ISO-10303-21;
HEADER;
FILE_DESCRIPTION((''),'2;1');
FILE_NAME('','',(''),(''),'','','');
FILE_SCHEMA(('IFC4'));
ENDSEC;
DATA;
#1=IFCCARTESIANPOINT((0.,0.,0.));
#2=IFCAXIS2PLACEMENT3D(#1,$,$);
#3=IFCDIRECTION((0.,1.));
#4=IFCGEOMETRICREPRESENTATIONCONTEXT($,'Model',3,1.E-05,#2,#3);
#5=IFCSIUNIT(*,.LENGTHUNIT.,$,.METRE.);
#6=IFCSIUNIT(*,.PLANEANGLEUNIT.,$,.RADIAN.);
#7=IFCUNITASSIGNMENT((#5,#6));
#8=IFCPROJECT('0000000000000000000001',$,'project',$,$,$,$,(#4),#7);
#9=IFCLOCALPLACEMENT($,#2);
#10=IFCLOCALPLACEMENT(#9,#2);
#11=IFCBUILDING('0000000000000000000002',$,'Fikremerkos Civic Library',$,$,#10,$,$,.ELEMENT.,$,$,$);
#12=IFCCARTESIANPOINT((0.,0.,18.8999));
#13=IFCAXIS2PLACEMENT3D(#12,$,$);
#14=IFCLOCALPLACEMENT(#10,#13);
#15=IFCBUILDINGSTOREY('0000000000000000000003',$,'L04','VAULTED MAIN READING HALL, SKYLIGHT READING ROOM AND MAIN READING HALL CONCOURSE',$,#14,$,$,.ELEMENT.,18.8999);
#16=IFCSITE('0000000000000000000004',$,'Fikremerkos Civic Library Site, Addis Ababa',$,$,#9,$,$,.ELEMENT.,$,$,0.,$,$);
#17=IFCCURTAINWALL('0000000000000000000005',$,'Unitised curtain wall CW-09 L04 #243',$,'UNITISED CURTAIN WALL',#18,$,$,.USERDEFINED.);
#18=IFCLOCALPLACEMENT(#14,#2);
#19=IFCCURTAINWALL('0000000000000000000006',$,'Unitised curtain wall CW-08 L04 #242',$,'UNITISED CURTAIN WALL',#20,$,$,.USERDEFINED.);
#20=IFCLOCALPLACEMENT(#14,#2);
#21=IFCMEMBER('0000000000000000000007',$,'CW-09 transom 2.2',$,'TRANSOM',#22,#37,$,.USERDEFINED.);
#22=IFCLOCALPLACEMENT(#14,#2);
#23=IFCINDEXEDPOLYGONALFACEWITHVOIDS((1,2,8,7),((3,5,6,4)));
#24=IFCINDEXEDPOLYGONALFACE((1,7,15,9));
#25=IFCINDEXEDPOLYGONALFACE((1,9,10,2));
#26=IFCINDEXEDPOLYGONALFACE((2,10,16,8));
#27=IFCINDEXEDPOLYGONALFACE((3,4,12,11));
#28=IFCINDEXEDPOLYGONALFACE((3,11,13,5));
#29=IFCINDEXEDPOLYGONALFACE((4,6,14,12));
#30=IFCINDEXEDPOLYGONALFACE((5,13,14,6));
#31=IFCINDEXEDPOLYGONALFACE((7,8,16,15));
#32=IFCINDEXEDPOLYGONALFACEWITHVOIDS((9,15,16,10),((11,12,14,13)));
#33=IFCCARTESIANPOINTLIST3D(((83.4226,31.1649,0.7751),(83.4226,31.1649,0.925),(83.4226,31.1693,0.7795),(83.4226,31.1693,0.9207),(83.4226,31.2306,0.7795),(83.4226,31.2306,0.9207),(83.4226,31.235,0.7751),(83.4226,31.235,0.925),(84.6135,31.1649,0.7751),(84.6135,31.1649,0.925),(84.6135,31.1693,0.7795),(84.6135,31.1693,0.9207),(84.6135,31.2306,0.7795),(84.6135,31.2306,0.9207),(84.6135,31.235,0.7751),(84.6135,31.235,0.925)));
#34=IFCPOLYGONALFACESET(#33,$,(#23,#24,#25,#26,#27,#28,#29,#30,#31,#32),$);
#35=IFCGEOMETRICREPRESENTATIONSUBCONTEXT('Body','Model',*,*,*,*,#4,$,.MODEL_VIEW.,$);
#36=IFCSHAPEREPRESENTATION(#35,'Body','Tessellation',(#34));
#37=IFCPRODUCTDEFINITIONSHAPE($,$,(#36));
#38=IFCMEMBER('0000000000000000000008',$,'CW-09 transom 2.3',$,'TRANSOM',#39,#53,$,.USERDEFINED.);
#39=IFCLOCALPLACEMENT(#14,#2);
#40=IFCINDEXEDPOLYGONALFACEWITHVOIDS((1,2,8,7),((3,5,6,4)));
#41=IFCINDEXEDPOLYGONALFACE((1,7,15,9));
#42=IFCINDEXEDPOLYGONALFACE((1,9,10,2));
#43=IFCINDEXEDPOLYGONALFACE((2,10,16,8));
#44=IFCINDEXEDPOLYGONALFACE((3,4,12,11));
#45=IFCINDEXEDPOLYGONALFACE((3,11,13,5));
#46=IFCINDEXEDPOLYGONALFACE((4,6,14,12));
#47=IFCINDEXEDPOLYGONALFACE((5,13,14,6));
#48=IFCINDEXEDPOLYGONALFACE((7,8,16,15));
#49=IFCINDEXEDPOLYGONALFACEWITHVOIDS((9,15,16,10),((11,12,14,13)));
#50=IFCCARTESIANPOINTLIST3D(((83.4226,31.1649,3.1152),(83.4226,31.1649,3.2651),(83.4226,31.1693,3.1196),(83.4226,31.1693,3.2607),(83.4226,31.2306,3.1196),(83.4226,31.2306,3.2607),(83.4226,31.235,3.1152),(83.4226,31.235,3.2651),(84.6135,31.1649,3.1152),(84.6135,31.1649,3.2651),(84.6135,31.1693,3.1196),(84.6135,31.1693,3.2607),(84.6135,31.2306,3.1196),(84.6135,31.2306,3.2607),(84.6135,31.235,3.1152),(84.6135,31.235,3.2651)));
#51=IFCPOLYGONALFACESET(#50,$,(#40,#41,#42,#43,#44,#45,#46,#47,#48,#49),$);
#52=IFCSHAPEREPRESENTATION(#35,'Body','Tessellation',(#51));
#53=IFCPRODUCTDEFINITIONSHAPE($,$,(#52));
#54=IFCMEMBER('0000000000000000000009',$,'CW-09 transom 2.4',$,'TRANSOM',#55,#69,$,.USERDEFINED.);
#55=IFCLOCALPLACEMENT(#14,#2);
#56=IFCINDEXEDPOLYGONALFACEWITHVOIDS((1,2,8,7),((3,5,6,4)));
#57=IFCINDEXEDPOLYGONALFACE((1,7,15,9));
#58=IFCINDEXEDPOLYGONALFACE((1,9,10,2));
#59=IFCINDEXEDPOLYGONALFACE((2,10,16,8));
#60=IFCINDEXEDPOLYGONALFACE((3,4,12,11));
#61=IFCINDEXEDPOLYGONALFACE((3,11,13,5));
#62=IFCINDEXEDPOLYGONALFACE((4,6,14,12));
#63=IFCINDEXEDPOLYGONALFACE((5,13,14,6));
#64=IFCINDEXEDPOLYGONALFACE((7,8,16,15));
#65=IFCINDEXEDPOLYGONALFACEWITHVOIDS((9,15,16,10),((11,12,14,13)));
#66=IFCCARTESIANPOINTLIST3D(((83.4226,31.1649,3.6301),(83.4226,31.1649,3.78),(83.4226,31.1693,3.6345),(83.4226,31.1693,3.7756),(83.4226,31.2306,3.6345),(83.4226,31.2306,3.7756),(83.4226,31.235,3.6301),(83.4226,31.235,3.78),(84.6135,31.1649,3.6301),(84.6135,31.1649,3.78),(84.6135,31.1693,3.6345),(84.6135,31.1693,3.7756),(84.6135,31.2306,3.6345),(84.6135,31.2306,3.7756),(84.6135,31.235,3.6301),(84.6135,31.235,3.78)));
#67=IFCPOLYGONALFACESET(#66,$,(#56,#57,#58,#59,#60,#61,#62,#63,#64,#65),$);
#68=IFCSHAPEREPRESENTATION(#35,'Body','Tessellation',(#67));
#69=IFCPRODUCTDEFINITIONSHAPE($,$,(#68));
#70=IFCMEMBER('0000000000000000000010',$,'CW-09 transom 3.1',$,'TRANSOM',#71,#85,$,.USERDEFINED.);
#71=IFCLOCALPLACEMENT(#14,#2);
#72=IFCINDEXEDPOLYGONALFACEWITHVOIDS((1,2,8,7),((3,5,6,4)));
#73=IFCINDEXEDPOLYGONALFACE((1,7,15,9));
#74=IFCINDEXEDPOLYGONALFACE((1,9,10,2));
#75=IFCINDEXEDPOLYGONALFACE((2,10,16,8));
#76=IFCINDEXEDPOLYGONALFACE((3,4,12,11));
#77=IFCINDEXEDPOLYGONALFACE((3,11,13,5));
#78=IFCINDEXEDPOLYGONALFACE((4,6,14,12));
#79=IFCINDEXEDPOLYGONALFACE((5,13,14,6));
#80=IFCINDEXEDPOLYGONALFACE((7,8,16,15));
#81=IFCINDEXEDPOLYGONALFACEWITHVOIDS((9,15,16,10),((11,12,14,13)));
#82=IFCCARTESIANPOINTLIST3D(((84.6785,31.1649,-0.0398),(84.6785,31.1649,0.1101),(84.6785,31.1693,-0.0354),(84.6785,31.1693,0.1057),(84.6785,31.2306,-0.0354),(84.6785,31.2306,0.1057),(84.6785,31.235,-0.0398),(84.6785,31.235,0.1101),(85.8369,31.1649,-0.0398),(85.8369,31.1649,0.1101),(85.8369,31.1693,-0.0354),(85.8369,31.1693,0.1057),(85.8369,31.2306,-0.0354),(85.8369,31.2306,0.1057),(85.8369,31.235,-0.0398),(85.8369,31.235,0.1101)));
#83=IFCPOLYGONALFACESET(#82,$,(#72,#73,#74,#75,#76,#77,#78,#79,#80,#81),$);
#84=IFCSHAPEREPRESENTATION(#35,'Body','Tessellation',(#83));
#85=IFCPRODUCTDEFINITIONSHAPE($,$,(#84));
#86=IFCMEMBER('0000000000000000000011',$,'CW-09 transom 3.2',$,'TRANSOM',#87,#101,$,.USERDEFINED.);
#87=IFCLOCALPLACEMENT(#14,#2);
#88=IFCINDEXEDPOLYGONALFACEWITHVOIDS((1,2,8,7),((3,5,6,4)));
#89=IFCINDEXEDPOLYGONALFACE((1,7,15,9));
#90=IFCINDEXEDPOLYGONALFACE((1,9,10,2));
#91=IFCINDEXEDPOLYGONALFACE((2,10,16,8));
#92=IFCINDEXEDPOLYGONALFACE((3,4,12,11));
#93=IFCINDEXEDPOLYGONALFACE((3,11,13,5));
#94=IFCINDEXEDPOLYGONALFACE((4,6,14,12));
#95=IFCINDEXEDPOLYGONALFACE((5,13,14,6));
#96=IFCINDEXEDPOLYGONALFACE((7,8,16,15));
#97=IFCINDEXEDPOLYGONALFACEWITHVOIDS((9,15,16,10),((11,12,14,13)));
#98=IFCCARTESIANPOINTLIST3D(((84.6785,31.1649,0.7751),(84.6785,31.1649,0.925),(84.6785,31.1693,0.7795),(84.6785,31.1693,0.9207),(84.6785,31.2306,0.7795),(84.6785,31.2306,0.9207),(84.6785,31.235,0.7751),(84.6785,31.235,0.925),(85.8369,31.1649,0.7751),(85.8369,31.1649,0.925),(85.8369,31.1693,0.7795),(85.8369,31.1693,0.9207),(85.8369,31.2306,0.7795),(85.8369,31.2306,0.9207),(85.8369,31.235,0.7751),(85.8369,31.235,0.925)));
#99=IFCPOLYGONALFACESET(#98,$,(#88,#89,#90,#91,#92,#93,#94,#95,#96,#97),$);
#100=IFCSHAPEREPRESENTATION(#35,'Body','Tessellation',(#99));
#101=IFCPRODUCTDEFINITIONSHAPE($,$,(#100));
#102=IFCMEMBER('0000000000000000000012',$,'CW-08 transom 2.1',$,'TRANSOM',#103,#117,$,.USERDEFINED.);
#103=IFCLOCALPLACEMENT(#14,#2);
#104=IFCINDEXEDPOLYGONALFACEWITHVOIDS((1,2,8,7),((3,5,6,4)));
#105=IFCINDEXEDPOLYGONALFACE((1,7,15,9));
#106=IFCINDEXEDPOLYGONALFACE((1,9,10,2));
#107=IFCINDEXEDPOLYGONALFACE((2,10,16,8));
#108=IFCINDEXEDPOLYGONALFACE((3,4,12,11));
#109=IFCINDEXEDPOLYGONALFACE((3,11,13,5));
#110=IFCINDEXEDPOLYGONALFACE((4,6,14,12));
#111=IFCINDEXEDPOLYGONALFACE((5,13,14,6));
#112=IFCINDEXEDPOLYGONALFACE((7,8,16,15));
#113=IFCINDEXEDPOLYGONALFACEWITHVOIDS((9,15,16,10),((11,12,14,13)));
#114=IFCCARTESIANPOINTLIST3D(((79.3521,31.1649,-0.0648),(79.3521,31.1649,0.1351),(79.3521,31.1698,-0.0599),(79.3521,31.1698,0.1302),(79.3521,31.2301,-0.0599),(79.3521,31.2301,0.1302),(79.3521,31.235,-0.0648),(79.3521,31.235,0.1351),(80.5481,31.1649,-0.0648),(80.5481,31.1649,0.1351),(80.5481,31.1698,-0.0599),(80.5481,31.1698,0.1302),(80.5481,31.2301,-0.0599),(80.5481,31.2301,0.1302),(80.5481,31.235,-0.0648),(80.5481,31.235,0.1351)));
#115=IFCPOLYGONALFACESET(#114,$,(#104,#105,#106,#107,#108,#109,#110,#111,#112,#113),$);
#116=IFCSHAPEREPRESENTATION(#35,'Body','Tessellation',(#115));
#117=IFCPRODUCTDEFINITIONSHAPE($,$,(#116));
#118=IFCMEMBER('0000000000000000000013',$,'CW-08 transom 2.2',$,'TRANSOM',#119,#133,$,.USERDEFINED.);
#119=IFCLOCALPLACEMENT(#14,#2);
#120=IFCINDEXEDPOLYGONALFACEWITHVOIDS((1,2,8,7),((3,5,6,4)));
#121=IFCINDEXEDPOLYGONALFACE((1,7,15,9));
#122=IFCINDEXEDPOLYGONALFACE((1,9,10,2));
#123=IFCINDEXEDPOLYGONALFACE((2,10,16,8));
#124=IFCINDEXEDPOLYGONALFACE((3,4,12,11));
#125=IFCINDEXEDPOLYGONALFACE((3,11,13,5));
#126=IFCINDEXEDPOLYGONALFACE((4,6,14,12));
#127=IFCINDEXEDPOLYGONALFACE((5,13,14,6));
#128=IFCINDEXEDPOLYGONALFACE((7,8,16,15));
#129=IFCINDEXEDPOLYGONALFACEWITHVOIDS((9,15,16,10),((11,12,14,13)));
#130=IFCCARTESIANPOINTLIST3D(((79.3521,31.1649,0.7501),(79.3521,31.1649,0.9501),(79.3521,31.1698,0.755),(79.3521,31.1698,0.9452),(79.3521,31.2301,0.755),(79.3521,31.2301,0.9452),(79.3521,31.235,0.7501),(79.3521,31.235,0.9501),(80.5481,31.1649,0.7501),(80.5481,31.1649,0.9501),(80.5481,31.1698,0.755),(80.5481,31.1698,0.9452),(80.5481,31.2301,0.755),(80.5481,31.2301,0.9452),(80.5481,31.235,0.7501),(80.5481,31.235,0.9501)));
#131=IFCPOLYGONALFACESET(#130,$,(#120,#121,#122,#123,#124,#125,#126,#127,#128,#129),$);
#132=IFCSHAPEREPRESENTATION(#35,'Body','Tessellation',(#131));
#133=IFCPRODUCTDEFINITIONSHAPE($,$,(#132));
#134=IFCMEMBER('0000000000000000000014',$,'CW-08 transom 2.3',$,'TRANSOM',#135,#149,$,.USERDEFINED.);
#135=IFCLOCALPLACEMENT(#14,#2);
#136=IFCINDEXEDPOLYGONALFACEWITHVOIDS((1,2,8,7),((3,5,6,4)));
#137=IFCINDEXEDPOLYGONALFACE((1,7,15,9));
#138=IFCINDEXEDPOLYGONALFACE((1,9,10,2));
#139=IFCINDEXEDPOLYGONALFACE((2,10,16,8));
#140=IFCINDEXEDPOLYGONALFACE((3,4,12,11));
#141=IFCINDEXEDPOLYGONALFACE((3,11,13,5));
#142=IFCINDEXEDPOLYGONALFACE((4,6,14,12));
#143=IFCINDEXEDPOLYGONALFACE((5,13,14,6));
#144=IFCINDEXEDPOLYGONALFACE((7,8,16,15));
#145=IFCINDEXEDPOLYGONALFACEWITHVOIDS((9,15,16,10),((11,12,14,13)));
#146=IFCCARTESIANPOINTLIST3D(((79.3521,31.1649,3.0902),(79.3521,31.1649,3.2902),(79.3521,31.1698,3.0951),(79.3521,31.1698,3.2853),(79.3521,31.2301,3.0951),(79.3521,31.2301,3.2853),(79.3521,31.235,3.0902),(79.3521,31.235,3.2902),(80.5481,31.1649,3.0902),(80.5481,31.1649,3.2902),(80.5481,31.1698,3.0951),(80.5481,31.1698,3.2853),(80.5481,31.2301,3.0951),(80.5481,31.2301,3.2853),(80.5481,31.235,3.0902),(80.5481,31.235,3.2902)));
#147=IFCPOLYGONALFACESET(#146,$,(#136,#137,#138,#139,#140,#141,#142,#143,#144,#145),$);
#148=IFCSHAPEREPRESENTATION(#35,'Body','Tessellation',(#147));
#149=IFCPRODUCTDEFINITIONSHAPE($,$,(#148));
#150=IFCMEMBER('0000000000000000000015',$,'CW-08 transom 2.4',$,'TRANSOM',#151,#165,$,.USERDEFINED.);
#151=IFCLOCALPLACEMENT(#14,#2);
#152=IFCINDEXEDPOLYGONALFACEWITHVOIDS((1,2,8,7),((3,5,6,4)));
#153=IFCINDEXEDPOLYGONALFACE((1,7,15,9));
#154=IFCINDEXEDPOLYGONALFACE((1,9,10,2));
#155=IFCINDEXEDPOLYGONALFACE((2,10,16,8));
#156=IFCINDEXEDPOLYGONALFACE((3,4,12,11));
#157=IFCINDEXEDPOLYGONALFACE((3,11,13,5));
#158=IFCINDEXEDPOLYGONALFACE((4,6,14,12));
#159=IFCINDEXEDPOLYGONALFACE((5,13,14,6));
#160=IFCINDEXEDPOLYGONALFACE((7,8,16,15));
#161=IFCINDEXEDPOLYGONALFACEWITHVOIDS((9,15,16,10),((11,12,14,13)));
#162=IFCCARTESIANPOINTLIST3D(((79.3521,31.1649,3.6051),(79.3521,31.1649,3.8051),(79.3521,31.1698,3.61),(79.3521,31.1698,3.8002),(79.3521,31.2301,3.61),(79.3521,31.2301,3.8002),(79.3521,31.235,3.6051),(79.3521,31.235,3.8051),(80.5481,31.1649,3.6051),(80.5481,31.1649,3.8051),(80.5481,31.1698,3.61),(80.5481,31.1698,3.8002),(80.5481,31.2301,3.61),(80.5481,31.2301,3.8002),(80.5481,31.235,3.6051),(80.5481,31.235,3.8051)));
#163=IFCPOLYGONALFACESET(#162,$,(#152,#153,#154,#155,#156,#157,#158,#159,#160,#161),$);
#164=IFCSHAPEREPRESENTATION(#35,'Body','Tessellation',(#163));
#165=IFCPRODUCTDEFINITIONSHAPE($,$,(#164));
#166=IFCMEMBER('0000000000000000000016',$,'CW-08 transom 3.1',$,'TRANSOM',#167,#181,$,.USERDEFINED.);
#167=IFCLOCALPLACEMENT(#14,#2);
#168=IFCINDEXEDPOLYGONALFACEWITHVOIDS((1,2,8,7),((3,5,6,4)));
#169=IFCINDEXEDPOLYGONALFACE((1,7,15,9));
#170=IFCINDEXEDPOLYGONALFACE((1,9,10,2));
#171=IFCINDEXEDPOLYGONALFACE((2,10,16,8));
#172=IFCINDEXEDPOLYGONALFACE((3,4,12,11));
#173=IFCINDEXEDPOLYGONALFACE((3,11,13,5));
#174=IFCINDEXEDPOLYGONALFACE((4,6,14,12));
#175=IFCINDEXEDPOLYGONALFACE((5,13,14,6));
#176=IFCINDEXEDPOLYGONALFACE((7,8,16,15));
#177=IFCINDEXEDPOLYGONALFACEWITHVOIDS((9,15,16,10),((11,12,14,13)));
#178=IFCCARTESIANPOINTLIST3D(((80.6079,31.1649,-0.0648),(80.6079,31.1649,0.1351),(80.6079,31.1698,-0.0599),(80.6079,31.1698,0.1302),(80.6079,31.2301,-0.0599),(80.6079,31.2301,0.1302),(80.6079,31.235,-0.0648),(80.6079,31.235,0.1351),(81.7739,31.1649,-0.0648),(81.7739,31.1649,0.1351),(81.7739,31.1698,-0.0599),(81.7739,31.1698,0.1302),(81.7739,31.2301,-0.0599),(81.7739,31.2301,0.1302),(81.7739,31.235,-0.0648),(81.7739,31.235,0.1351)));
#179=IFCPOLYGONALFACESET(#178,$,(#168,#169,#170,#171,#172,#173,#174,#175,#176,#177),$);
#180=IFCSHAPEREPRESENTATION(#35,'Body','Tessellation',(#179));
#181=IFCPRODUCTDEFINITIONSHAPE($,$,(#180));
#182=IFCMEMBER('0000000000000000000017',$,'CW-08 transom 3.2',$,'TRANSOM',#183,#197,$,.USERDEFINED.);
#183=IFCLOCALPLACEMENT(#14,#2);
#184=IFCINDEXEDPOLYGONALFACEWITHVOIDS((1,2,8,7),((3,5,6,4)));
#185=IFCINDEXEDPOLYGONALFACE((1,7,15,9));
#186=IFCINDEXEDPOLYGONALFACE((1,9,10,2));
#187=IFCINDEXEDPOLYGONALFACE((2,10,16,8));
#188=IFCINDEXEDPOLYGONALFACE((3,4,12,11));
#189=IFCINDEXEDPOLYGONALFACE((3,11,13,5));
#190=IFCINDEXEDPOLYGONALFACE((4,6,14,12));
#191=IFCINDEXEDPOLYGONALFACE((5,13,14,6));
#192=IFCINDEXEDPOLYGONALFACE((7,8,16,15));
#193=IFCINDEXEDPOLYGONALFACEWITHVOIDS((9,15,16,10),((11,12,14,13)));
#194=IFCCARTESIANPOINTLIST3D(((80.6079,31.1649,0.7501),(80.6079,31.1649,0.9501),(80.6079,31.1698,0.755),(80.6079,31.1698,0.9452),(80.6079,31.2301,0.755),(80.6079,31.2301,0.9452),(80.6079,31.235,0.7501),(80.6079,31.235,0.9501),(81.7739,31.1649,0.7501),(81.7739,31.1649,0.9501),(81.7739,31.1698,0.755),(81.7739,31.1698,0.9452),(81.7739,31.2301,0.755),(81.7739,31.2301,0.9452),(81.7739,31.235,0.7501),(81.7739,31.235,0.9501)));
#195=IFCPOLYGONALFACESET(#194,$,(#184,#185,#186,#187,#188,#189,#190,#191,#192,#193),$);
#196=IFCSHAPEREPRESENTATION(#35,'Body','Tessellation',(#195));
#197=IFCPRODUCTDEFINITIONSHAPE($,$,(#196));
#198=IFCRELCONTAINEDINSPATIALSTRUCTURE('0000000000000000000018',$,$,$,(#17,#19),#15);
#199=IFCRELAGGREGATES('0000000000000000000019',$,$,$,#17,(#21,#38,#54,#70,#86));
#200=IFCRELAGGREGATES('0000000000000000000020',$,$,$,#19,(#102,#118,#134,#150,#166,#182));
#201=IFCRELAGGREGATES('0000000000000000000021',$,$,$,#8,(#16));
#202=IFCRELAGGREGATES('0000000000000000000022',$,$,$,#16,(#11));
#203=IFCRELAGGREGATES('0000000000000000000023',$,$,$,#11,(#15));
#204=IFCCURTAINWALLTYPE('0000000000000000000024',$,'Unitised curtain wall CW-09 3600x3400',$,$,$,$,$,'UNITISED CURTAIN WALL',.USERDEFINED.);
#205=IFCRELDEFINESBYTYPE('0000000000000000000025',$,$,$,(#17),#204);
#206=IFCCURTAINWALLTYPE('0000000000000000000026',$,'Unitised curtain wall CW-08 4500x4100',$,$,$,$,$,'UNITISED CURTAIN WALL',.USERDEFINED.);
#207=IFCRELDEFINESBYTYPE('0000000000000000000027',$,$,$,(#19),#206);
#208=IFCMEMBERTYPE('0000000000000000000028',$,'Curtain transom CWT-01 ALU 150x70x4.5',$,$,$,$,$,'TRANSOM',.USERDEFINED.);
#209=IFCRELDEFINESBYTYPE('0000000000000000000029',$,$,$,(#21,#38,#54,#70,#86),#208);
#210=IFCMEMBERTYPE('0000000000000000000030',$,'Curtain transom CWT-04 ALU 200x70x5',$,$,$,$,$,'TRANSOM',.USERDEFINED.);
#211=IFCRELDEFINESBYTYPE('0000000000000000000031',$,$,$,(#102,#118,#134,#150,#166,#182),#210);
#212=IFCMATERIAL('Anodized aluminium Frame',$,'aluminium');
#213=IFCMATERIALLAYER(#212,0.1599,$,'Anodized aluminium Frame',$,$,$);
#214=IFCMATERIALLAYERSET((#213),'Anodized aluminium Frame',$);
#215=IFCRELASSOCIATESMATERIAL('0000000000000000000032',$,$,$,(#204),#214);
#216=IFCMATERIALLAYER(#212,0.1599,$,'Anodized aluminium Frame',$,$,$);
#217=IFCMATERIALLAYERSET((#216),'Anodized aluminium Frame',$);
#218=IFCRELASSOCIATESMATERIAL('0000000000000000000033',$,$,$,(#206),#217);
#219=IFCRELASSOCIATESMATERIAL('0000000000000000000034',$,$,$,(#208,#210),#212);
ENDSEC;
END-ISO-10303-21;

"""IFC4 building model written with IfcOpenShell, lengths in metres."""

from ifc_helpers import new_model, si_unit, direction, frame, origin, origin_2d, place, context, subcontext, project, spatial, hollow_rectangle, extrude, material, layer, layer_set, material_profile, profile_set, type_object, element, aggregate, save


model = new_model("IFC4")

# Units and contexts
model_context = context("Model", 3, precision=1e-05, world=origin(), true_north=direction((0.0, 1.0)))
body_context = subcontext(model_context, "Body", "Model", "MODEL_VIEW")
ifc_project = project(units=[si_unit("LENGTHUNIT", "METRE"), si_unit("PLANEANGLEUNIT", "RADIAN")], contexts=[model_context])

# Site, building, storey
site_placement = place(None, origin())
site = spatial("IfcSite", under=ifc_project, at=site_placement, Name="Fikremerkos Civic Library Site, Addis Ababa", CompositionType="ELEMENT", RefElevation=0.0)
building_placement = place(site_placement, origin())
building = spatial("IfcBuilding", under=site, at=building_placement, Name="Fikremerkos Civic Library", CompositionType="ELEMENT")
storey_placement = place(building_placement, frame((0.0, 0.0, 18.8999)))
storey = spatial("IfcBuildingStorey", under=building, at=storey_placement, Name="L04", Description="VAULTED MAIN READING HALL, SKYLIGHT READING ROOM AND MAIN READING HALL CONCOURSE", CompositionType="ELEMENT", Elevation=18.8999)

# Curtain walls
ifc_material_1 = material(Name="Anodized aluminium Frame", Category="aluminium")
ifc_layer_1 = layer(ifc_material_1, 0.1599, Name="Anodized aluminium Frame")
ifc_layer_set_1 = layer_set([ifc_layer_1], Name="Anodized aluminium Frame")
curtain_wall_type_1 = type_object("IfcCurtainWallType", Name="Unitised curtain wall CW-09 3600x3400", ElementType="UNITISED CURTAIN WALL", PredefinedType="USERDEFINED", material=ifc_layer_set_1)
curtain_wall_1_placement = place(storey_placement, origin())
curtain_wall_1 = element("IfcCurtainWall", 1, at=curtain_wall_1_placement, inside=storey, type_object=curtain_wall_type_1, Name="Unitised curtain wall CW-09 L04 #243", ObjectType="UNITISED CURTAIN WALL", PredefinedType="USERDEFINED")
ifc_layer_2 = layer(ifc_material_1, 0.1599, Name="Anodized aluminium Frame")
ifc_layer_set_2 = layer_set([ifc_layer_2], Name="Anodized aluminium Frame")
curtain_wall_type_2 = type_object("IfcCurtainWallType", Name="Unitised curtain wall CW-08 4500x4100", ElementType="UNITISED CURTAIN WALL", PredefinedType="USERDEFINED", material=ifc_layer_set_2)
curtain_wall_2_placement = place(storey_placement, origin())
curtain_wall_2 = element("IfcCurtainWall", 2, at=curtain_wall_2_placement, inside=storey, type_object=curtain_wall_type_2, Name="Unitised curtain wall CW-08 L04 #242", ObjectType="UNITISED CURTAIN WALL", PredefinedType="USERDEFINED")

# Members
ifc_material_profile_1 = material_profile(ifc_material_1, hollow_rectangle(XDim=0.0701, YDim=0.1499, WallThickness=0.0044, at=origin_2d()), Name="ALU 150x70x4.5")
ifc_profile_set_1 = profile_set([ifc_material_profile_1], Name="Anodized aluminium Frame")
member_type_1 = type_object("IfcMemberType", Name="Curtain transom CWT-01 ALU 150x70x4.5", ElementType="TRANSOM", PredefinedType="USERDEFINED", material=ifc_profile_set_1)
member_1_placement = place(storey_placement, frame((83.4226, 31.2, 0.8501), z_axis=(1.0, 0.0, 0.0), x_axis=(0.0, 1.0, 0.0)))
member_1 = element("IfcMember", 3, at=member_1_placement, type_object=member_type_1, Name="CW-09 transom 2.2", ObjectType="TRANSOM", PredefinedType="USERDEFINED", context=body_context, shape_type="SweptSolid", body=[
    extrude(hollow_rectangle(XDim=0.0701, YDim=0.1499, WallThickness=0.0044, at=origin_2d()), origin(), (0.0, 0.0, 1.0), 1.1909),
])
member_2_placement = place(storey_placement, frame((83.4226, 31.2, 3.1902), z_axis=(1.0, 0.0, 0.0), x_axis=(0.0, 1.0, 0.0)))
member_2 = element("IfcMember", 4, at=member_2_placement, type_object=member_type_1, Name="CW-09 transom 2.3", ObjectType="TRANSOM", PredefinedType="USERDEFINED", context=body_context, shape_type="SweptSolid", body=[
    extrude(hollow_rectangle(XDim=0.0701, YDim=0.1499, WallThickness=0.0044, at=origin_2d()), origin(), (0.0, 0.0, 1.0), 1.1909),
])
member_3_placement = place(storey_placement, frame((83.4226, 31.2, 3.7051), z_axis=(1.0, 0.0, 0.0), x_axis=(0.0, 1.0, 0.0)))
member_3 = element("IfcMember", 5, at=member_3_placement, type_object=member_type_1, Name="CW-09 transom 2.4", ObjectType="TRANSOM", PredefinedType="USERDEFINED", context=body_context, shape_type="SweptSolid", body=[
    extrude(hollow_rectangle(XDim=0.0701, YDim=0.1499, WallThickness=0.0044, at=origin_2d()), origin(), (0.0, 0.0, 1.0), 1.1909),
])
member_4_placement = place(storey_placement, frame((84.6785, 31.2, 0.0352), z_axis=(1.0, 0.0, 0.0), x_axis=(0.0, 1.0, 0.0)))
member_4 = element("IfcMember", 6, at=member_4_placement, type_object=member_type_1, Name="CW-09 transom 3.1", ObjectType="TRANSOM", PredefinedType="USERDEFINED", context=body_context, shape_type="SweptSolid", body=[
    extrude(hollow_rectangle(XDim=0.0701, YDim=0.1499, WallThickness=0.0044, at=origin_2d()), origin(), (0.0, 0.0, 1.0), 1.1584),
])
member_5_placement = place(storey_placement, frame((84.6785, 31.2, 0.8501), z_axis=(1.0, 0.0, 0.0), x_axis=(0.0, 1.0, 0.0)))
member_5 = element("IfcMember", 7, at=member_5_placement, type_object=member_type_1, Name="CW-09 transom 3.2", ObjectType="TRANSOM", PredefinedType="USERDEFINED", context=body_context, shape_type="SweptSolid", body=[
    extrude(hollow_rectangle(XDim=0.0701, YDim=0.1499, WallThickness=0.0044, at=origin_2d()), origin(), (0.0, 0.0, 1.0), 1.1584),
])
ifc_material_profile_2 = material_profile(ifc_material_1, hollow_rectangle(XDim=0.0701, YDim=0.2, WallThickness=0.0049, at=origin_2d()), Name="ALU 200x70x5")
ifc_profile_set_2 = profile_set([ifc_material_profile_2], Name="Anodized aluminium Frame")
member_type_2 = type_object("IfcMemberType", Name="Curtain transom CWT-04 ALU 200x70x5", ElementType="TRANSOM", PredefinedType="USERDEFINED", material=ifc_profile_set_2)
member_6_placement = place(storey_placement, frame((79.3521, 31.2, 0.0352), z_axis=(1.0, 0.0, 0.0), x_axis=(0.0, 1.0, 0.0)))
member_6 = element("IfcMember", 8, at=member_6_placement, type_object=member_type_2, Name="CW-08 transom 2.1", ObjectType="TRANSOM", PredefinedType="USERDEFINED", context=body_context, shape_type="SweptSolid", body=[
    extrude(hollow_rectangle(XDim=0.0701, YDim=0.2, WallThickness=0.0049, at=origin_2d()), origin(), (0.0, 0.0, 1.0), 1.196),
])
member_7_placement = place(storey_placement, frame((79.3521, 31.2, 0.8501), z_axis=(1.0, 0.0, 0.0), x_axis=(0.0, 1.0, 0.0)))
member_7 = element("IfcMember", 9, at=member_7_placement, type_object=member_type_2, Name="CW-08 transom 2.2", ObjectType="TRANSOM", PredefinedType="USERDEFINED", context=body_context, shape_type="SweptSolid", body=[
    extrude(hollow_rectangle(XDim=0.0701, YDim=0.2, WallThickness=0.0049, at=origin_2d()), origin(), (0.0, 0.0, 1.0), 1.196),
])
member_8_placement = place(storey_placement, frame((79.3521, 31.2, 3.1902), z_axis=(1.0, 0.0, 0.0), x_axis=(0.0, 1.0, 0.0)))
member_8 = element("IfcMember", 10, at=member_8_placement, type_object=member_type_2, Name="CW-08 transom 2.3", ObjectType="TRANSOM", PredefinedType="USERDEFINED", context=body_context, shape_type="SweptSolid", body=[
    extrude(hollow_rectangle(XDim=0.0701, YDim=0.2, WallThickness=0.0049, at=origin_2d()), origin(), (0.0, 0.0, 1.0), 1.196),
])
member_9_placement = place(storey_placement, frame((79.3521, 31.2, 3.7051), z_axis=(1.0, 0.0, 0.0), x_axis=(0.0, 1.0, 0.0)))
member_9 = element("IfcMember", 11, at=member_9_placement, type_object=member_type_2, Name="CW-08 transom 2.4", ObjectType="TRANSOM", PredefinedType="USERDEFINED", context=body_context, shape_type="SweptSolid", body=[
    extrude(hollow_rectangle(XDim=0.0701, YDim=0.2, WallThickness=0.0049, at=origin_2d()), origin(), (0.0, 0.0, 1.0), 1.196),
])
member_10_placement = place(storey_placement, frame((80.6079, 31.2, 0.0352), z_axis=(1.0, 0.0, 0.0), x_axis=(0.0, 1.0, 0.0)))
member_10 = element("IfcMember", 12, at=member_10_placement, type_object=member_type_2, Name="CW-08 transom 3.1", ObjectType="TRANSOM", PredefinedType="USERDEFINED", context=body_context, shape_type="SweptSolid", body=[
    extrude(hollow_rectangle(XDim=0.0701, YDim=0.2, WallThickness=0.0049, at=origin_2d()), origin(), (0.0, 0.0, 1.0), 1.166),
])
member_11_placement = place(storey_placement, frame((80.6079, 31.2, 0.8501), z_axis=(1.0, 0.0, 0.0), x_axis=(0.0, 1.0, 0.0)))
member_11 = element("IfcMember", 13, at=member_11_placement, type_object=member_type_2, Name="CW-08 transom 3.2", ObjectType="TRANSOM", PredefinedType="USERDEFINED", context=body_context, shape_type="SweptSolid", body=[
    extrude(hollow_rectangle(XDim=0.0701, YDim=0.2, WallThickness=0.0049, at=origin_2d()), origin(), (0.0, 0.0, 1.0), 1.166),
])

aggregate(curtain_wall_1, [member_1, member_2, member_3, member_4, member_5])
aggregate(curtain_wall_2, [member_6, member_7, member_8, member_9, member_10, member_11])

save(model, "model.ifc")
